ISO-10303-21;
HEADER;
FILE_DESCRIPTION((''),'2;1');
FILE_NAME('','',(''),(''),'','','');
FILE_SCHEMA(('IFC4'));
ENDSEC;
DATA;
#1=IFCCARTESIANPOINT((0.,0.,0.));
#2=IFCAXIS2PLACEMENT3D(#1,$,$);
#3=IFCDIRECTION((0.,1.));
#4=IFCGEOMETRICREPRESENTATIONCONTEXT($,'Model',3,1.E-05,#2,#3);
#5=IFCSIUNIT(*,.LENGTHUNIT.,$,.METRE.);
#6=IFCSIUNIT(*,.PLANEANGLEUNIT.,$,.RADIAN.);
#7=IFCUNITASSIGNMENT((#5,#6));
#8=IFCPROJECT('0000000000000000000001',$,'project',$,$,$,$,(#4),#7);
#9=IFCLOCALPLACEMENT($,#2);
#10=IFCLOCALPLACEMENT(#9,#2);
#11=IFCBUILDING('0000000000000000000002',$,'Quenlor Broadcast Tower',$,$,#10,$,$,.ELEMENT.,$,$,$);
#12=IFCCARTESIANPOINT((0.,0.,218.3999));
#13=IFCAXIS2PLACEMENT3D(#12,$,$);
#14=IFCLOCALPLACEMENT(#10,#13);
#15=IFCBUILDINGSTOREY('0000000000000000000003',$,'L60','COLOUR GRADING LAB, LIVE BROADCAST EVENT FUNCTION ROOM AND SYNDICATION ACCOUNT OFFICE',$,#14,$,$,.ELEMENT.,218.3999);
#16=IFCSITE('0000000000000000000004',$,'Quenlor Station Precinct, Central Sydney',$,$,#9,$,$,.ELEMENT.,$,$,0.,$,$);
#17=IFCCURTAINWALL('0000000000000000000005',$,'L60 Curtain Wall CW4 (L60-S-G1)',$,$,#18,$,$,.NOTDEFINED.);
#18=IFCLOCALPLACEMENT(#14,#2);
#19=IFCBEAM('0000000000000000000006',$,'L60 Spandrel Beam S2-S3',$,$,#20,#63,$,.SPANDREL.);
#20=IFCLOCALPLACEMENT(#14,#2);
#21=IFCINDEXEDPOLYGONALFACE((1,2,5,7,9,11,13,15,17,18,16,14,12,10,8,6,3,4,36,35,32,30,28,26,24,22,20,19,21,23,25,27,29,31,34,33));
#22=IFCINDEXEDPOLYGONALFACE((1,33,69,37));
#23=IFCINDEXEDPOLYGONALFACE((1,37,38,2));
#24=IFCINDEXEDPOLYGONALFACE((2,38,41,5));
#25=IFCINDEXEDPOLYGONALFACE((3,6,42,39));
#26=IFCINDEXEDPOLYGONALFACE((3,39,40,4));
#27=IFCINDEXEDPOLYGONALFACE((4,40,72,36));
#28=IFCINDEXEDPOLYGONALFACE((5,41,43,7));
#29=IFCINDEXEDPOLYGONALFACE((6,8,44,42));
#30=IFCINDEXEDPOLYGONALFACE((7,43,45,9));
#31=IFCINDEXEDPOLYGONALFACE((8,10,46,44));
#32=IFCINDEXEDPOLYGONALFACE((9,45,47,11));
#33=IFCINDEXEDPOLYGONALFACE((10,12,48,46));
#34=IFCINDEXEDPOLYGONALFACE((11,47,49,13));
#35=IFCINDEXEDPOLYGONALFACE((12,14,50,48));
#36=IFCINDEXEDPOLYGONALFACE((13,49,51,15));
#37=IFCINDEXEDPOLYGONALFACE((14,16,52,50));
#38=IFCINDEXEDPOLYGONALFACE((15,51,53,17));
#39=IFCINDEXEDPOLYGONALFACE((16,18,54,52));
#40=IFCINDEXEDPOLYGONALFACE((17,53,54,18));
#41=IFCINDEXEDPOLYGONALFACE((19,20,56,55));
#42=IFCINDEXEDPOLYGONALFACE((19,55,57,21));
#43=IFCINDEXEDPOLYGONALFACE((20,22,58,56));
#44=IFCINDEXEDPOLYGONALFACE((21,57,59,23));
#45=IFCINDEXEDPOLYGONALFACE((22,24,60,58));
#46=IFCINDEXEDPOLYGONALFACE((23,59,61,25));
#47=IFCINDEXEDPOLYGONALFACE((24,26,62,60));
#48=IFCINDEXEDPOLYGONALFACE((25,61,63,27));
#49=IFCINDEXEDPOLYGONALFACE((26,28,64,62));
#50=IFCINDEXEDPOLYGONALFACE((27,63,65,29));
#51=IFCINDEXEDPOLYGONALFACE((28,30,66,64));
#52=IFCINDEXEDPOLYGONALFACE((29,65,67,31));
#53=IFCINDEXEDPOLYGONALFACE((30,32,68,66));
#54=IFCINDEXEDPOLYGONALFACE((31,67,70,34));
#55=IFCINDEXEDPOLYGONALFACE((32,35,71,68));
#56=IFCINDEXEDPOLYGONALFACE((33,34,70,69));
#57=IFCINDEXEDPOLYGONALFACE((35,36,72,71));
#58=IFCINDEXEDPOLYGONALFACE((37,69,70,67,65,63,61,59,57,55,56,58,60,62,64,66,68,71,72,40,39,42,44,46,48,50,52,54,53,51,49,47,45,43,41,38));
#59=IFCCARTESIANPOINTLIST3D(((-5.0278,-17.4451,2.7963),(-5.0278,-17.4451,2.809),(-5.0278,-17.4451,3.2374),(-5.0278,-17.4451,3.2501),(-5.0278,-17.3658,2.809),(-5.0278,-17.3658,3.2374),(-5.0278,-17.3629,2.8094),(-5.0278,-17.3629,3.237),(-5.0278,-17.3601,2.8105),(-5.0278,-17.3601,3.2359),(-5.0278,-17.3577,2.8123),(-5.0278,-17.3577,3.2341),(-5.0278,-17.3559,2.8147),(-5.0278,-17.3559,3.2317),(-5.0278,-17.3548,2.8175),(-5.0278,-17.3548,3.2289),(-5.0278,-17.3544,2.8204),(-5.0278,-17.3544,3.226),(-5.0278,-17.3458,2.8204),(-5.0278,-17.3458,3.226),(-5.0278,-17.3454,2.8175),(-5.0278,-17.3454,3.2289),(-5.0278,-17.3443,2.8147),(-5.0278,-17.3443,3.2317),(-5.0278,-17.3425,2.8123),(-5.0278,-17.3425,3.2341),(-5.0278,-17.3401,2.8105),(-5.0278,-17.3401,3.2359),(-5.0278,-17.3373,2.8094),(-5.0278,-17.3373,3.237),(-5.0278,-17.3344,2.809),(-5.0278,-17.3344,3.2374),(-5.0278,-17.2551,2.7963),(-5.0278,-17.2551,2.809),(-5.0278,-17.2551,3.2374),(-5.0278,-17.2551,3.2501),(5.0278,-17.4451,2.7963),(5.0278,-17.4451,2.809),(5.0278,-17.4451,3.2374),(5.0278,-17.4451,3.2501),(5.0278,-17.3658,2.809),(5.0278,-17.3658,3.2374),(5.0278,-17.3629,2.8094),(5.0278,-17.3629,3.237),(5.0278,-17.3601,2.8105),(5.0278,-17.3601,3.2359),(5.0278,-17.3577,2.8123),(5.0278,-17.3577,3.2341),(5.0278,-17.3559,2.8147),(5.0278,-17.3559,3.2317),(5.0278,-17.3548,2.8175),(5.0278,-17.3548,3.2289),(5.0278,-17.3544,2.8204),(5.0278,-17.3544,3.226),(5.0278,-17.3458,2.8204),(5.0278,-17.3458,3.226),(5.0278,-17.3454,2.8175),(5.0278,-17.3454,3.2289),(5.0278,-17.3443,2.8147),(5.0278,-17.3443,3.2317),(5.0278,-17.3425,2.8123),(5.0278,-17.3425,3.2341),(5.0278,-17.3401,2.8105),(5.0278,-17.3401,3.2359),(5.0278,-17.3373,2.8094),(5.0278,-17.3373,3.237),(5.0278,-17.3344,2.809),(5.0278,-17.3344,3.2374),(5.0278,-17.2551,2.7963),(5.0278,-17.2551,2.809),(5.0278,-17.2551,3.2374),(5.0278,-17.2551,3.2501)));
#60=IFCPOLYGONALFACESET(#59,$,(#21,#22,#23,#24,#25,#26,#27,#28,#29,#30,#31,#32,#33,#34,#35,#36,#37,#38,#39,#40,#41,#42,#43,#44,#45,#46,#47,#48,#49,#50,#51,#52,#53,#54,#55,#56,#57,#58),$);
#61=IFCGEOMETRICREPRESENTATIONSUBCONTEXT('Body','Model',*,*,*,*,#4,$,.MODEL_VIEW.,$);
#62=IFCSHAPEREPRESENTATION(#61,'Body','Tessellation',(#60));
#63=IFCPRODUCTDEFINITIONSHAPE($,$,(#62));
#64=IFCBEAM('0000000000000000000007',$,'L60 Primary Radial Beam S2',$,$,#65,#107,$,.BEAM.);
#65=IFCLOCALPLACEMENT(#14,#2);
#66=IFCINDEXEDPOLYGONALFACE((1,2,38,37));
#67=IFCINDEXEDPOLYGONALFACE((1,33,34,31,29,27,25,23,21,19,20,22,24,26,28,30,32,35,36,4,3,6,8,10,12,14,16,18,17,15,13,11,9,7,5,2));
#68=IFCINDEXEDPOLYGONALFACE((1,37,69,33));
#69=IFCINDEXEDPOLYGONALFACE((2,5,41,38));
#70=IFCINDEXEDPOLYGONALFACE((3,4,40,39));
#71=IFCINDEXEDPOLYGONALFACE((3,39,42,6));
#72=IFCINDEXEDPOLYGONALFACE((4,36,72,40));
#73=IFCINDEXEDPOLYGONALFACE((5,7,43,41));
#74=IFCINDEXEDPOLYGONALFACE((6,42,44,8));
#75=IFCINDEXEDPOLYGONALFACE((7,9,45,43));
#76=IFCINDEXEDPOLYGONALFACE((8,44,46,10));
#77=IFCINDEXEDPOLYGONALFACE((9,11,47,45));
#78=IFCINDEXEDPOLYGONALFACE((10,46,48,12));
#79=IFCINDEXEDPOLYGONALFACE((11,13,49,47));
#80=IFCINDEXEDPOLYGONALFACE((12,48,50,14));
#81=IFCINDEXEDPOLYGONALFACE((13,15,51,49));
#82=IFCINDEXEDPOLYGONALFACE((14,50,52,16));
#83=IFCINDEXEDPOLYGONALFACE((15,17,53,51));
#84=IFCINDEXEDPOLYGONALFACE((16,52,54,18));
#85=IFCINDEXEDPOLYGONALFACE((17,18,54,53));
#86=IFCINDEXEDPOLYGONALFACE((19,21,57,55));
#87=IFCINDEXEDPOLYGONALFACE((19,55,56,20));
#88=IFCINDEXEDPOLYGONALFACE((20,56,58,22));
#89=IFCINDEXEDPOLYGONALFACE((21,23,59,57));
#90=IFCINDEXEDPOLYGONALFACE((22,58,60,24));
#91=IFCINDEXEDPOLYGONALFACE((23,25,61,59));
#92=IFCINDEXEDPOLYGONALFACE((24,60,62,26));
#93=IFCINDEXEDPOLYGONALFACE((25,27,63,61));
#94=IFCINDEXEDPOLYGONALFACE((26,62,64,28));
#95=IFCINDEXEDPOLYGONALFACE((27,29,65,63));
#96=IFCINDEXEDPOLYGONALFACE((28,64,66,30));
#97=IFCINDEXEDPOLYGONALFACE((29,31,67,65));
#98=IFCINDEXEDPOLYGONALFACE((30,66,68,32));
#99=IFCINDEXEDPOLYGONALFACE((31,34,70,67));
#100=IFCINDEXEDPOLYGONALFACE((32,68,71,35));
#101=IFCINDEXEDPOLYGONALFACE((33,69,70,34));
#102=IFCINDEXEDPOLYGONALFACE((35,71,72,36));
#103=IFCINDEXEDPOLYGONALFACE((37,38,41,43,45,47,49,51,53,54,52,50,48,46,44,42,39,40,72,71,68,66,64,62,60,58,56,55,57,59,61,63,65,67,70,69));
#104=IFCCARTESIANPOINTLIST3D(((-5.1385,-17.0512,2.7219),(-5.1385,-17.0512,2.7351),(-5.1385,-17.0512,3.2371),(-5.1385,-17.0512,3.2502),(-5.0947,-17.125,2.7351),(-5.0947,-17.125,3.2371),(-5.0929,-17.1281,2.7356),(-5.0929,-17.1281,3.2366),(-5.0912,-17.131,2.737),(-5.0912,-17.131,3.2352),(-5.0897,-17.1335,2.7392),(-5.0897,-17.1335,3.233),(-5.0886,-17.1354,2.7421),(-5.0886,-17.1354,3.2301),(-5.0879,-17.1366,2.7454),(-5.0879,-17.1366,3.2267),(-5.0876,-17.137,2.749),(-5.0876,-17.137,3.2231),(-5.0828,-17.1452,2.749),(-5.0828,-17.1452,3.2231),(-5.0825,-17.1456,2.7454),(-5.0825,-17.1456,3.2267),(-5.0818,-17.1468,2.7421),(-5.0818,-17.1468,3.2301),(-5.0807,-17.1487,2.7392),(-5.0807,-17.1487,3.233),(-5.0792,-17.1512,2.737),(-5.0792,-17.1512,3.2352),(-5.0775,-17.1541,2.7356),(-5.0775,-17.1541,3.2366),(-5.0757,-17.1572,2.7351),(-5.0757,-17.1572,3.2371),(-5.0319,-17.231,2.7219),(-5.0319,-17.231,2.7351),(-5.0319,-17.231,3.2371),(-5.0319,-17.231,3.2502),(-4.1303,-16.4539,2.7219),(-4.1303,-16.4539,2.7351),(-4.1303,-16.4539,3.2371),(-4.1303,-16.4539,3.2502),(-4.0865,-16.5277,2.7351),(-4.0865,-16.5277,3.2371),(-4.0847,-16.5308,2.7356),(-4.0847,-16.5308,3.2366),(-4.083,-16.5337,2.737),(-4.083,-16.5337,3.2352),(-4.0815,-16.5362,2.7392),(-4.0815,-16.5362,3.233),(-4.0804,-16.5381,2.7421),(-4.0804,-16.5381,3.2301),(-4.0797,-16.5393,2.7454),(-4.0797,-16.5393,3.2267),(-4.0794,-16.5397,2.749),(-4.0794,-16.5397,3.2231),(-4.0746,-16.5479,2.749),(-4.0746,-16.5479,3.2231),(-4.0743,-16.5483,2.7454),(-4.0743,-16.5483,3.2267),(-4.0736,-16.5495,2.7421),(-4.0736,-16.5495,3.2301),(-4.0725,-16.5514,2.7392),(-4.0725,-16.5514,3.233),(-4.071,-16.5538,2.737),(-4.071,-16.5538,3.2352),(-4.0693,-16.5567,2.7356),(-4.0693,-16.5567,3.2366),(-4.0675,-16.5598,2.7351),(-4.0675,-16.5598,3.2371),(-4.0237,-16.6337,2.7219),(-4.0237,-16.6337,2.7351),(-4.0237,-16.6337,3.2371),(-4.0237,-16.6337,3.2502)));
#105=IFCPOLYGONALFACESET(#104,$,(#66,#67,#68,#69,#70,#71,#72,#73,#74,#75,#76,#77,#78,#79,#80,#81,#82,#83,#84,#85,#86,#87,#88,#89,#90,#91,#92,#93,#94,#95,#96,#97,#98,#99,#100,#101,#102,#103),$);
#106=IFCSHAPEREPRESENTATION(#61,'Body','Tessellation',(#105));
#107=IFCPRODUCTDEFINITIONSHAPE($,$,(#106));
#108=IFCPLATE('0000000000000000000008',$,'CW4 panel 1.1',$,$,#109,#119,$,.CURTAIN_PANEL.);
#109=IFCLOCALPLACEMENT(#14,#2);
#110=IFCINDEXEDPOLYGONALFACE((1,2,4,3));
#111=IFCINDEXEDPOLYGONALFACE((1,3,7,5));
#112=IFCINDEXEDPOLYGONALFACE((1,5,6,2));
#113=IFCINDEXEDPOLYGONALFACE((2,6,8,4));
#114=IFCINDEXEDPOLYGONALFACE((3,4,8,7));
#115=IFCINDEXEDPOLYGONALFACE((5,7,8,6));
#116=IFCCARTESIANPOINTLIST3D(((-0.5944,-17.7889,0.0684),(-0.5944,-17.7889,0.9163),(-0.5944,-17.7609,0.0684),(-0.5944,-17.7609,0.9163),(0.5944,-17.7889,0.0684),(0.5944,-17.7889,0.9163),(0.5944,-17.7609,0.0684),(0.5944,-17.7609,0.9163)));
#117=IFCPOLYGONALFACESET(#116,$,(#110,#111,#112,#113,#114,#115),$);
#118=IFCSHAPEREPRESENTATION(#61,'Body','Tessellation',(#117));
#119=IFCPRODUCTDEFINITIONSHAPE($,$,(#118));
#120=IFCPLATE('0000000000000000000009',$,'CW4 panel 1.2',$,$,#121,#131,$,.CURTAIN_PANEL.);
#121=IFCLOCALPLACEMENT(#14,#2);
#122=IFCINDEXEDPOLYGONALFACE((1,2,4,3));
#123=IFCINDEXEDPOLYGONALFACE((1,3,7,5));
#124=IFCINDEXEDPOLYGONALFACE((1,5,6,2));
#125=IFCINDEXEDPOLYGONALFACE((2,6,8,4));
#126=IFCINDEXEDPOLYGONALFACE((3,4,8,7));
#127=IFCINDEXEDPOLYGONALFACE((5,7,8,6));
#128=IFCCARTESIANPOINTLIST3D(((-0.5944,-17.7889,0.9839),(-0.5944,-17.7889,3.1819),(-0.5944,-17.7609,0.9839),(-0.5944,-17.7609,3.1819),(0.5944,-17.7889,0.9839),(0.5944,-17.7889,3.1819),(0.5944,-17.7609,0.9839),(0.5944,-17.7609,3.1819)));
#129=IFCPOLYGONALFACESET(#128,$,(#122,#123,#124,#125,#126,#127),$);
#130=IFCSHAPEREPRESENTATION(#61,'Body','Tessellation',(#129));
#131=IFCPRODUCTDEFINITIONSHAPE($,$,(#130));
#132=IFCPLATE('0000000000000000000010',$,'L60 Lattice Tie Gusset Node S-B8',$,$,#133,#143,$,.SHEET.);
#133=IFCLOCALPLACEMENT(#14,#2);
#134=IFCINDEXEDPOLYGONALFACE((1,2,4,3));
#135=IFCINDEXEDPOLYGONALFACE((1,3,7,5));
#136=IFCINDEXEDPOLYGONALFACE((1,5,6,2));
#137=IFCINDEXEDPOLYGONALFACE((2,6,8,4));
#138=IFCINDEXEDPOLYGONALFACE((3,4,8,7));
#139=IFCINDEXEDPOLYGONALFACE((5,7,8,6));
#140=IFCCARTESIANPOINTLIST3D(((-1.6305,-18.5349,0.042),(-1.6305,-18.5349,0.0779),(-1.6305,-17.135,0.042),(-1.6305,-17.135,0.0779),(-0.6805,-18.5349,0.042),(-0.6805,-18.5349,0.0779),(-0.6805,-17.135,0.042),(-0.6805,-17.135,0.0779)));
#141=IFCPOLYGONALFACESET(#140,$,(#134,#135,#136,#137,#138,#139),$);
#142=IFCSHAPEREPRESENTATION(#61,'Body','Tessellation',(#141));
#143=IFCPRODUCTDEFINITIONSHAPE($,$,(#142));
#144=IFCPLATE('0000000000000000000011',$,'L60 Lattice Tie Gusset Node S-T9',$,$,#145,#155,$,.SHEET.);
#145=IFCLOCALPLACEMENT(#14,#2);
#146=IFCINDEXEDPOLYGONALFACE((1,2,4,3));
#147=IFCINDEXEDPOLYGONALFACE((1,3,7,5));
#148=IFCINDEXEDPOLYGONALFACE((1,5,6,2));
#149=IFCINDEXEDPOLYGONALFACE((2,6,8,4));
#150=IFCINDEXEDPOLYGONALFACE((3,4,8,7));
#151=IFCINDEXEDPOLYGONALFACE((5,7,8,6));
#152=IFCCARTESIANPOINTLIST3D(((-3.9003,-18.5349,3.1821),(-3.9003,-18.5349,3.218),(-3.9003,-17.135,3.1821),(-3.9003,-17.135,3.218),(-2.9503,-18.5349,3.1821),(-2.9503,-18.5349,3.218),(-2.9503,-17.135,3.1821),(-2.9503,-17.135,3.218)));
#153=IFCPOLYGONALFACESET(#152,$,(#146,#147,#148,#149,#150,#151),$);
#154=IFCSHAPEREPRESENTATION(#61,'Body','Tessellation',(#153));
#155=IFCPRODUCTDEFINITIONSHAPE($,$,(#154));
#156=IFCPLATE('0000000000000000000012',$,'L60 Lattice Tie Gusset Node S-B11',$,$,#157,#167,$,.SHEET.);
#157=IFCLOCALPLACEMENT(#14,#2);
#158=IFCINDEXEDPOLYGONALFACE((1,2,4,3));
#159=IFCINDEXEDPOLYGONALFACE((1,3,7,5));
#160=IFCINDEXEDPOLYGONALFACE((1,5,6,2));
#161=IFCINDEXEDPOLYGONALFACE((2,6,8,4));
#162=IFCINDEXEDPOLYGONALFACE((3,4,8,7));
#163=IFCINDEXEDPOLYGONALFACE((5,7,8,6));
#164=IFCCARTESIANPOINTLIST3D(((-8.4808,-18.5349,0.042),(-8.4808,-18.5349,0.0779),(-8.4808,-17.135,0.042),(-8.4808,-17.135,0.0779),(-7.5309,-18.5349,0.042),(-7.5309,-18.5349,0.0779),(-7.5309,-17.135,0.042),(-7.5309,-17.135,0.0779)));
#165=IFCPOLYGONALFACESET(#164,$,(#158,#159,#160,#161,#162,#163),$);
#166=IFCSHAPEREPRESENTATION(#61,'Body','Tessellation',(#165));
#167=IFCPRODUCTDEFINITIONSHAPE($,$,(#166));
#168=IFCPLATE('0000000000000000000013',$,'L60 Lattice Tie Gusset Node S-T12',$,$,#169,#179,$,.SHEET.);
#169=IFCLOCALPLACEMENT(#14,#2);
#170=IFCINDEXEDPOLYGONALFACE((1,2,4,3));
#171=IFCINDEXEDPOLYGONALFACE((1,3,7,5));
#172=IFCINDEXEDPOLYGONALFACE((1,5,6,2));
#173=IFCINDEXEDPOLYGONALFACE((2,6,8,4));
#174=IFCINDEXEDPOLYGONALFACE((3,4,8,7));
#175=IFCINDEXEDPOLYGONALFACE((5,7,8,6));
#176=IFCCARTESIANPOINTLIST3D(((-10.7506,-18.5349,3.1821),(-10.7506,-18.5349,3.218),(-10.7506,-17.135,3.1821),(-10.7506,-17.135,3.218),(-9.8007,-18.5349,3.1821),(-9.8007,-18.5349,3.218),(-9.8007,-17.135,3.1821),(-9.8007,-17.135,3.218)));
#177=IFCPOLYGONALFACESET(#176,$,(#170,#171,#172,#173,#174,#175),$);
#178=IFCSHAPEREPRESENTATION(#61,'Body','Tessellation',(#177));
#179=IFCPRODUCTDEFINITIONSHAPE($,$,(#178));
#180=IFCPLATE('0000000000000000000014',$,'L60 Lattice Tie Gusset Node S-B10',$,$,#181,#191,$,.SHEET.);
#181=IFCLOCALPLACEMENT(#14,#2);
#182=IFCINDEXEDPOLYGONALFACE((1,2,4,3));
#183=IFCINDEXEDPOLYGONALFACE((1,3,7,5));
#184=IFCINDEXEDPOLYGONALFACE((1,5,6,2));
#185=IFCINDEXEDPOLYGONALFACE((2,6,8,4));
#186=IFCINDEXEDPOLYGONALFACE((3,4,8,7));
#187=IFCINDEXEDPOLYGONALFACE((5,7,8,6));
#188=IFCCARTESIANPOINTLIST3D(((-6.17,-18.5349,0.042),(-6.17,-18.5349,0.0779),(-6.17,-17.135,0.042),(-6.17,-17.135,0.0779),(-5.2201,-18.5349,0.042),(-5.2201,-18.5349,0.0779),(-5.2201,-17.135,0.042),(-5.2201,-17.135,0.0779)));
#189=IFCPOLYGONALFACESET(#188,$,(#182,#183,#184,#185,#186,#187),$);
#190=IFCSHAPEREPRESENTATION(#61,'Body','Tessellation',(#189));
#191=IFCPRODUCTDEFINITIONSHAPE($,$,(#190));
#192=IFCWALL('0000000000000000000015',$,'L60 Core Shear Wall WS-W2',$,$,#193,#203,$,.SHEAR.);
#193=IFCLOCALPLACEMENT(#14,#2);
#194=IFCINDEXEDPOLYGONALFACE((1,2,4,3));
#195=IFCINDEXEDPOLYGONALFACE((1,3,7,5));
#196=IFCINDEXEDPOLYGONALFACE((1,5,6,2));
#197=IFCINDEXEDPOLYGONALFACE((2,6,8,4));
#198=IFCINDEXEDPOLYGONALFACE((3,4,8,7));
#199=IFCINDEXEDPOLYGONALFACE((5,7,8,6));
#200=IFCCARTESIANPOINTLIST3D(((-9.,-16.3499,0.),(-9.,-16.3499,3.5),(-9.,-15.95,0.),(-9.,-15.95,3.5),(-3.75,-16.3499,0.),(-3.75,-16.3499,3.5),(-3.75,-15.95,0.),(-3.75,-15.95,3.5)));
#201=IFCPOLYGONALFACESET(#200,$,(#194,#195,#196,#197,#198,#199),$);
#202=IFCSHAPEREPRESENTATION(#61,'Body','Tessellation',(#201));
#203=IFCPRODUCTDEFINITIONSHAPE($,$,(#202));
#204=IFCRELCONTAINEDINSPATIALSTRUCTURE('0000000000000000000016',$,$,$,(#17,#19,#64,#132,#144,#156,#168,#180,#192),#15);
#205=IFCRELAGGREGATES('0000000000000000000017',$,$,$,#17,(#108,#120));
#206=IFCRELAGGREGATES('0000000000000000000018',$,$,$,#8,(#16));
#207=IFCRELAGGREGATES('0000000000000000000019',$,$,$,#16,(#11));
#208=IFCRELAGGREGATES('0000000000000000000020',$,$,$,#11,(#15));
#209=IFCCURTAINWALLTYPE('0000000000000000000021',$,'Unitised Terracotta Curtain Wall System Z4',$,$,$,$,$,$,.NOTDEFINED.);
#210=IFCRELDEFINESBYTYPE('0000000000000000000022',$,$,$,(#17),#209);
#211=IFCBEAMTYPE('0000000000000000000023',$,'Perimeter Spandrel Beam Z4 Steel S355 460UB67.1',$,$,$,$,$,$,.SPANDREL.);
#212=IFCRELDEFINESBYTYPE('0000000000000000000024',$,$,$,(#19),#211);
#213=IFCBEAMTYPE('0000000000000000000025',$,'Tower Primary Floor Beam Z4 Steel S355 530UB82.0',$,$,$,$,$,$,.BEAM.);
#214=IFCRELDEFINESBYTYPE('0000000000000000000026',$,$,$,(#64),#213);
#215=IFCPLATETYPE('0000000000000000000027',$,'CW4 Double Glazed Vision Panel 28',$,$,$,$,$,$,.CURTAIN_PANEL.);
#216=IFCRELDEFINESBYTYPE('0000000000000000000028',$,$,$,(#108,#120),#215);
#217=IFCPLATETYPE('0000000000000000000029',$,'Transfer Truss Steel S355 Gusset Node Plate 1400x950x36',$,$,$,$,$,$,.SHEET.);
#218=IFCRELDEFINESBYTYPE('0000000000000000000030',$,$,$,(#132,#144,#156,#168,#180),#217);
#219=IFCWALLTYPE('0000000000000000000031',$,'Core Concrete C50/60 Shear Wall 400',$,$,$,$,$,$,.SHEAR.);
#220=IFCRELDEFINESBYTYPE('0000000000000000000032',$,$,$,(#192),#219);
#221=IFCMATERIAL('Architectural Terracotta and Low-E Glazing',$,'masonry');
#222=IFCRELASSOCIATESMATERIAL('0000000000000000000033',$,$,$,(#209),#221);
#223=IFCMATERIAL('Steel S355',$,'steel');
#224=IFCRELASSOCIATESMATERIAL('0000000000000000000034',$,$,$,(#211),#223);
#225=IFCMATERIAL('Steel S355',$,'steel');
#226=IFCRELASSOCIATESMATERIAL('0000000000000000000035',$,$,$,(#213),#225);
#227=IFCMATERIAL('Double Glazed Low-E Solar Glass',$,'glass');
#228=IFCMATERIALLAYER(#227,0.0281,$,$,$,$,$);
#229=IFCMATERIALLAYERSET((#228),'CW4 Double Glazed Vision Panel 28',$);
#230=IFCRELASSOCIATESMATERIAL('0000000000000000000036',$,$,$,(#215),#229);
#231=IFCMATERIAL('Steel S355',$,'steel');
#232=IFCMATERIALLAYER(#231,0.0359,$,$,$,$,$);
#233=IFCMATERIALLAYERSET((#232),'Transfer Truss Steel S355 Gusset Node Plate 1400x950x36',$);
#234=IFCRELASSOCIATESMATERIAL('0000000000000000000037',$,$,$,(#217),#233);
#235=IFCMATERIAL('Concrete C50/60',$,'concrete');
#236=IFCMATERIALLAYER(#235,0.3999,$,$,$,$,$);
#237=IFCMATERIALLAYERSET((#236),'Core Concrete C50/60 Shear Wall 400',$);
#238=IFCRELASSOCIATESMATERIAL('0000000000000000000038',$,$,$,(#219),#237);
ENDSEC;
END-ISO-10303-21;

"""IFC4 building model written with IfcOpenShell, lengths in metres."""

from ifc_helpers import new_model, si_unit, direction, frame, frame_2d, origin, origin_2d, place, context, subcontext, project, spatial, rectangle, i_section, extrude, material, layer, layer_set, material_profile, profile_set, type_object, element, aggregate, save


model = new_model("IFC4")

# Units and contexts
model_context = context("Model", 3, precision=1e-05, world=origin(), true_north=direction((0.0, 1.0)))
body_context = subcontext(model_context, "Body", "Model", "MODEL_VIEW")
ifc_project = project(units=[si_unit("LENGTHUNIT", "METRE"), si_unit("PLANEANGLEUNIT", "RADIAN")], contexts=[model_context])

# Site, building, storey
site_placement = place(None, origin())
site = spatial("IfcSite", under=ifc_project, at=site_placement, Name="Quenlor Station Precinct, Central Sydney", CompositionType="ELEMENT", RefElevation=0.0)
building_placement = place(site_placement, origin())
building = spatial("IfcBuilding", under=site, at=building_placement, Name="Quenlor Broadcast Tower", CompositionType="ELEMENT")
storey_placement = place(building_placement, frame((0.0, 0.0, 218.3999)))
storey = spatial("IfcBuildingStorey", under=building, at=storey_placement, Name="L60", Description="COLOUR GRADING LAB, LIVE BROADCAST EVENT FUNCTION ROOM AND SYNDICATION ACCOUNT OFFICE", CompositionType="ELEMENT", Elevation=218.3999)

# Curtain wall
ifc_material_1 = material(Name="Architectural Terracotta and Low-E Glazing", Category="masonry")
curtain_wall_type = type_object("IfcCurtainWallType", Name="Unitised Terracotta Curtain Wall System Z4", PredefinedType="NOTDEFINED", material=ifc_material_1)
curtain_wall_placement = place(storey_placement, origin())
curtain_wall = element("IfcCurtainWall", 1, at=curtain_wall_placement, inside=storey, type_object=curtain_wall_type, Name="L60 Curtain Wall CW4 (L60-S-G1)", PredefinedType="NOTDEFINED")

# Beams
ifc_material_2 = material(Name="Steel S355", Category="steel")
ifc_material_profile_1 = material_profile(ifc_material_2, i_section(OverallWidth=0.1899, OverallDepth=0.4539, WebThickness=0.0085, FlangeThickness=0.0127, FilletRadius=0.0115, at=origin_2d()))
ifc_profile_set_1 = profile_set([ifc_material_profile_1], Name="Steel S355 460UB67.1")
beam_type_1 = type_object("IfcBeamType", Name="Perimeter Spandrel Beam Z4 Steel S355 460UB67.1", PredefinedType="SPANDREL", material=ifc_profile_set_1)
beam_1_placement = place(storey_placement, frame((-5.0278, -17.3501, 3.0232), z_axis=(1.0, 0.0, 0.0), x_axis=(0.0, 1.0, 0.0)))
element("IfcBeam", 2, at=beam_1_placement, inside=storey, type_object=beam_type_1, Name="L60 Spandrel Beam S2-S3", PredefinedType="SPANDREL", context=body_context, shape_type="SweptSolid", body=[
    extrude(i_section(OverallWidth=0.1899, OverallDepth=0.4539, WebThickness=0.0085, FlangeThickness=0.0127, FilletRadius=0.0115, at=origin_2d()), origin(), (0.0, 0.0, 1.0), 10.0557),
])
ifc_material_3 = material(Name="Steel S355", Category="steel")
ifc_material_profile_2 = material_profile(ifc_material_3, i_section(OverallWidth=0.209, OverallDepth=0.5283, WebThickness=0.0095, FlangeThickness=0.0132, FilletRadius=0.0139, at=origin_2d()))
ifc_profile_set_2 = profile_set([ifc_material_profile_2], Name="Steel S355 530UB82.0")
beam_type_2 = type_object("IfcBeamType", Name="Tower Primary Floor Beam Z4 Steel S355 530UB82.0", PredefinedType="BEAM", material=ifc_profile_set_2)
beam_2_placement = place(storey_placement, frame((-5.0852, -17.1411, 2.9861), z_axis=(0.860329, 0.50974, 0.0), x_axis=(-0.50974, 0.860329, 0.0)))
element("IfcBeam", 3, at=beam_2_placement, inside=storey, type_object=beam_type_2, Name="L60 Primary Radial Beam S2", PredefinedType="BEAM", context=body_context, shape_type="SweptSolid", body=[
    extrude(i_section(OverallWidth=0.209, OverallDepth=0.5283, WebThickness=0.0095, FlangeThickness=0.0132, FilletRadius=0.0139, at=origin_2d()), origin(), (0.0, 0.0, 1.0), 1.1719),
])

# Plates
ifc_material_4 = material(Name="Double Glazed Low-E Solar Glass", Category="glass")
ifc_layer_1 = layer(ifc_material_4, 0.0281)
ifc_layer_set_1 = layer_set([ifc_layer_1], Name="CW4 Double Glazed Vision Panel 28")
plate_type_1 = type_object("IfcPlateType", Name="CW4 Double Glazed Vision Panel 28", PredefinedType="CURTAIN_PANEL", material=ifc_layer_set_1)
plate_1_placement = place(storey_placement, frame((0.0, -17.7749, 0.0684), z_axis=(0.0, 0.0, 1.0), x_axis=(-1.0, 0.0, 0.0)))
plate_1 = element("IfcPlate", 4, at=plate_1_placement, type_object=plate_type_1, Name="CW4 panel 1.1", PredefinedType="CURTAIN_PANEL", context=body_context, shape_type="SweptSolid", body=[
    extrude(rectangle(XDim=1.1887, YDim=0.0281, at=origin_2d()), origin(), (0.0, 0.0, 1.0), 0.8479),
])
plate_2_placement = place(storey_placement, frame((0.0, -17.7749, 0.9839), z_axis=(0.0, 0.0, 1.0), x_axis=(-1.0, 0.0, 0.0)))
plate_2 = element("IfcPlate", 5, at=plate_2_placement, type_object=plate_type_1, Name="CW4 panel 1.2", PredefinedType="CURTAIN_PANEL", context=body_context, shape_type="SweptSolid", body=[
    extrude(rectangle(XDim=1.1887, YDim=0.0281, at=origin_2d()), origin(), (0.0, 0.0, 1.0), 2.198),
])
aggregate(curtain_wall, [plate_1, plate_2])

# Plates
ifc_material_5 = material(Name="Steel S355", Category="steel")
ifc_layer_2 = layer(ifc_material_5, 0.0359)
ifc_layer_set_2 = layer_set([ifc_layer_2], Name="Transfer Truss Steel S355 Gusset Node Plate 1400x950x36")
plate_type_2 = type_object("IfcPlateType", Name="Transfer Truss Steel S355 Gusset Node Plate 1400x950x36", PredefinedType="SHEET", material=ifc_layer_set_2)
for number, where, z_axis, x_axis, name in (
    (6, (-1.1555, -17.835, 0.042), (0.0, 0.0, 1.0), (0.0, -1.0, 0.0), "L60 Lattice Tie Gusset Node S-B8"),
    (7, (-3.4253, -17.835, 3.1821), (0.0, 0.0, 1.0), (0.0, -1.0, 0.0), "L60 Lattice Tie Gusset Node S-T9"),
    (8, (-8.0059, -17.835, 0.042), (0.0, 0.0, 1.0), (0.0, -1.0, 0.0), "L60 Lattice Tie Gusset Node S-B11"),
    (9, (-10.2756, -17.835, 3.1821), (0.0, 0.0, 1.0), (0.0, -1.0, 0.0), "L60 Lattice Tie Gusset Node S-T12"),
    (10, (-5.6951, -17.835, 0.042), (0.0, 0.0, 1.0), (0.0, -1.0, 0.0), "L60 Lattice Tie Gusset Node S-B10"),
):
    element("IfcPlate", number, at=place(storey_placement, frame(where, z_axis=z_axis, x_axis=x_axis)), inside=storey, type_object=plate_type_2, Name=name, PredefinedType="SHEET", context=body_context, shape_type="SweptSolid", body=[
        extrude(rectangle(XDim=1.3999, YDim=0.95, at=origin_2d()), origin(), (0.0, 0.0, 1.0), 0.0359),
    ])

# Wall
ifc_material_6 = material(Name="Concrete C50/60", Category="concrete")
ifc_layer_3 = layer(ifc_material_6, 0.3999)
ifc_layer_set_3 = layer_set([ifc_layer_3], Name="Core Concrete C50/60 Shear Wall 400")
wall_type_1 = type_object("IfcWallType", Name="Core Concrete C50/60 Shear Wall 400", PredefinedType="SHEAR", material=ifc_layer_set_3)
wall_1_placement = place(storey_placement, frame((-9.0, -16.1499, 0.0), z_axis=(0.0, 0.0, 1.0), x_axis=(1.0, 0.0, 0.0)))
element("IfcWall", 11, at=wall_1_placement, inside=storey, type_object=wall_type_1, Name="L60 Core Shear Wall WS-W2", PredefinedType="SHEAR", context=body_context, shape_type="SweptSolid", body=[
    extrude(rectangle(XDim=5.25, YDim=0.3999, at=frame_2d((2.625, 0.0))), origin(), (0.0, 0.0, 1.0), 3.5),
])

save(model, "model.ifc")
